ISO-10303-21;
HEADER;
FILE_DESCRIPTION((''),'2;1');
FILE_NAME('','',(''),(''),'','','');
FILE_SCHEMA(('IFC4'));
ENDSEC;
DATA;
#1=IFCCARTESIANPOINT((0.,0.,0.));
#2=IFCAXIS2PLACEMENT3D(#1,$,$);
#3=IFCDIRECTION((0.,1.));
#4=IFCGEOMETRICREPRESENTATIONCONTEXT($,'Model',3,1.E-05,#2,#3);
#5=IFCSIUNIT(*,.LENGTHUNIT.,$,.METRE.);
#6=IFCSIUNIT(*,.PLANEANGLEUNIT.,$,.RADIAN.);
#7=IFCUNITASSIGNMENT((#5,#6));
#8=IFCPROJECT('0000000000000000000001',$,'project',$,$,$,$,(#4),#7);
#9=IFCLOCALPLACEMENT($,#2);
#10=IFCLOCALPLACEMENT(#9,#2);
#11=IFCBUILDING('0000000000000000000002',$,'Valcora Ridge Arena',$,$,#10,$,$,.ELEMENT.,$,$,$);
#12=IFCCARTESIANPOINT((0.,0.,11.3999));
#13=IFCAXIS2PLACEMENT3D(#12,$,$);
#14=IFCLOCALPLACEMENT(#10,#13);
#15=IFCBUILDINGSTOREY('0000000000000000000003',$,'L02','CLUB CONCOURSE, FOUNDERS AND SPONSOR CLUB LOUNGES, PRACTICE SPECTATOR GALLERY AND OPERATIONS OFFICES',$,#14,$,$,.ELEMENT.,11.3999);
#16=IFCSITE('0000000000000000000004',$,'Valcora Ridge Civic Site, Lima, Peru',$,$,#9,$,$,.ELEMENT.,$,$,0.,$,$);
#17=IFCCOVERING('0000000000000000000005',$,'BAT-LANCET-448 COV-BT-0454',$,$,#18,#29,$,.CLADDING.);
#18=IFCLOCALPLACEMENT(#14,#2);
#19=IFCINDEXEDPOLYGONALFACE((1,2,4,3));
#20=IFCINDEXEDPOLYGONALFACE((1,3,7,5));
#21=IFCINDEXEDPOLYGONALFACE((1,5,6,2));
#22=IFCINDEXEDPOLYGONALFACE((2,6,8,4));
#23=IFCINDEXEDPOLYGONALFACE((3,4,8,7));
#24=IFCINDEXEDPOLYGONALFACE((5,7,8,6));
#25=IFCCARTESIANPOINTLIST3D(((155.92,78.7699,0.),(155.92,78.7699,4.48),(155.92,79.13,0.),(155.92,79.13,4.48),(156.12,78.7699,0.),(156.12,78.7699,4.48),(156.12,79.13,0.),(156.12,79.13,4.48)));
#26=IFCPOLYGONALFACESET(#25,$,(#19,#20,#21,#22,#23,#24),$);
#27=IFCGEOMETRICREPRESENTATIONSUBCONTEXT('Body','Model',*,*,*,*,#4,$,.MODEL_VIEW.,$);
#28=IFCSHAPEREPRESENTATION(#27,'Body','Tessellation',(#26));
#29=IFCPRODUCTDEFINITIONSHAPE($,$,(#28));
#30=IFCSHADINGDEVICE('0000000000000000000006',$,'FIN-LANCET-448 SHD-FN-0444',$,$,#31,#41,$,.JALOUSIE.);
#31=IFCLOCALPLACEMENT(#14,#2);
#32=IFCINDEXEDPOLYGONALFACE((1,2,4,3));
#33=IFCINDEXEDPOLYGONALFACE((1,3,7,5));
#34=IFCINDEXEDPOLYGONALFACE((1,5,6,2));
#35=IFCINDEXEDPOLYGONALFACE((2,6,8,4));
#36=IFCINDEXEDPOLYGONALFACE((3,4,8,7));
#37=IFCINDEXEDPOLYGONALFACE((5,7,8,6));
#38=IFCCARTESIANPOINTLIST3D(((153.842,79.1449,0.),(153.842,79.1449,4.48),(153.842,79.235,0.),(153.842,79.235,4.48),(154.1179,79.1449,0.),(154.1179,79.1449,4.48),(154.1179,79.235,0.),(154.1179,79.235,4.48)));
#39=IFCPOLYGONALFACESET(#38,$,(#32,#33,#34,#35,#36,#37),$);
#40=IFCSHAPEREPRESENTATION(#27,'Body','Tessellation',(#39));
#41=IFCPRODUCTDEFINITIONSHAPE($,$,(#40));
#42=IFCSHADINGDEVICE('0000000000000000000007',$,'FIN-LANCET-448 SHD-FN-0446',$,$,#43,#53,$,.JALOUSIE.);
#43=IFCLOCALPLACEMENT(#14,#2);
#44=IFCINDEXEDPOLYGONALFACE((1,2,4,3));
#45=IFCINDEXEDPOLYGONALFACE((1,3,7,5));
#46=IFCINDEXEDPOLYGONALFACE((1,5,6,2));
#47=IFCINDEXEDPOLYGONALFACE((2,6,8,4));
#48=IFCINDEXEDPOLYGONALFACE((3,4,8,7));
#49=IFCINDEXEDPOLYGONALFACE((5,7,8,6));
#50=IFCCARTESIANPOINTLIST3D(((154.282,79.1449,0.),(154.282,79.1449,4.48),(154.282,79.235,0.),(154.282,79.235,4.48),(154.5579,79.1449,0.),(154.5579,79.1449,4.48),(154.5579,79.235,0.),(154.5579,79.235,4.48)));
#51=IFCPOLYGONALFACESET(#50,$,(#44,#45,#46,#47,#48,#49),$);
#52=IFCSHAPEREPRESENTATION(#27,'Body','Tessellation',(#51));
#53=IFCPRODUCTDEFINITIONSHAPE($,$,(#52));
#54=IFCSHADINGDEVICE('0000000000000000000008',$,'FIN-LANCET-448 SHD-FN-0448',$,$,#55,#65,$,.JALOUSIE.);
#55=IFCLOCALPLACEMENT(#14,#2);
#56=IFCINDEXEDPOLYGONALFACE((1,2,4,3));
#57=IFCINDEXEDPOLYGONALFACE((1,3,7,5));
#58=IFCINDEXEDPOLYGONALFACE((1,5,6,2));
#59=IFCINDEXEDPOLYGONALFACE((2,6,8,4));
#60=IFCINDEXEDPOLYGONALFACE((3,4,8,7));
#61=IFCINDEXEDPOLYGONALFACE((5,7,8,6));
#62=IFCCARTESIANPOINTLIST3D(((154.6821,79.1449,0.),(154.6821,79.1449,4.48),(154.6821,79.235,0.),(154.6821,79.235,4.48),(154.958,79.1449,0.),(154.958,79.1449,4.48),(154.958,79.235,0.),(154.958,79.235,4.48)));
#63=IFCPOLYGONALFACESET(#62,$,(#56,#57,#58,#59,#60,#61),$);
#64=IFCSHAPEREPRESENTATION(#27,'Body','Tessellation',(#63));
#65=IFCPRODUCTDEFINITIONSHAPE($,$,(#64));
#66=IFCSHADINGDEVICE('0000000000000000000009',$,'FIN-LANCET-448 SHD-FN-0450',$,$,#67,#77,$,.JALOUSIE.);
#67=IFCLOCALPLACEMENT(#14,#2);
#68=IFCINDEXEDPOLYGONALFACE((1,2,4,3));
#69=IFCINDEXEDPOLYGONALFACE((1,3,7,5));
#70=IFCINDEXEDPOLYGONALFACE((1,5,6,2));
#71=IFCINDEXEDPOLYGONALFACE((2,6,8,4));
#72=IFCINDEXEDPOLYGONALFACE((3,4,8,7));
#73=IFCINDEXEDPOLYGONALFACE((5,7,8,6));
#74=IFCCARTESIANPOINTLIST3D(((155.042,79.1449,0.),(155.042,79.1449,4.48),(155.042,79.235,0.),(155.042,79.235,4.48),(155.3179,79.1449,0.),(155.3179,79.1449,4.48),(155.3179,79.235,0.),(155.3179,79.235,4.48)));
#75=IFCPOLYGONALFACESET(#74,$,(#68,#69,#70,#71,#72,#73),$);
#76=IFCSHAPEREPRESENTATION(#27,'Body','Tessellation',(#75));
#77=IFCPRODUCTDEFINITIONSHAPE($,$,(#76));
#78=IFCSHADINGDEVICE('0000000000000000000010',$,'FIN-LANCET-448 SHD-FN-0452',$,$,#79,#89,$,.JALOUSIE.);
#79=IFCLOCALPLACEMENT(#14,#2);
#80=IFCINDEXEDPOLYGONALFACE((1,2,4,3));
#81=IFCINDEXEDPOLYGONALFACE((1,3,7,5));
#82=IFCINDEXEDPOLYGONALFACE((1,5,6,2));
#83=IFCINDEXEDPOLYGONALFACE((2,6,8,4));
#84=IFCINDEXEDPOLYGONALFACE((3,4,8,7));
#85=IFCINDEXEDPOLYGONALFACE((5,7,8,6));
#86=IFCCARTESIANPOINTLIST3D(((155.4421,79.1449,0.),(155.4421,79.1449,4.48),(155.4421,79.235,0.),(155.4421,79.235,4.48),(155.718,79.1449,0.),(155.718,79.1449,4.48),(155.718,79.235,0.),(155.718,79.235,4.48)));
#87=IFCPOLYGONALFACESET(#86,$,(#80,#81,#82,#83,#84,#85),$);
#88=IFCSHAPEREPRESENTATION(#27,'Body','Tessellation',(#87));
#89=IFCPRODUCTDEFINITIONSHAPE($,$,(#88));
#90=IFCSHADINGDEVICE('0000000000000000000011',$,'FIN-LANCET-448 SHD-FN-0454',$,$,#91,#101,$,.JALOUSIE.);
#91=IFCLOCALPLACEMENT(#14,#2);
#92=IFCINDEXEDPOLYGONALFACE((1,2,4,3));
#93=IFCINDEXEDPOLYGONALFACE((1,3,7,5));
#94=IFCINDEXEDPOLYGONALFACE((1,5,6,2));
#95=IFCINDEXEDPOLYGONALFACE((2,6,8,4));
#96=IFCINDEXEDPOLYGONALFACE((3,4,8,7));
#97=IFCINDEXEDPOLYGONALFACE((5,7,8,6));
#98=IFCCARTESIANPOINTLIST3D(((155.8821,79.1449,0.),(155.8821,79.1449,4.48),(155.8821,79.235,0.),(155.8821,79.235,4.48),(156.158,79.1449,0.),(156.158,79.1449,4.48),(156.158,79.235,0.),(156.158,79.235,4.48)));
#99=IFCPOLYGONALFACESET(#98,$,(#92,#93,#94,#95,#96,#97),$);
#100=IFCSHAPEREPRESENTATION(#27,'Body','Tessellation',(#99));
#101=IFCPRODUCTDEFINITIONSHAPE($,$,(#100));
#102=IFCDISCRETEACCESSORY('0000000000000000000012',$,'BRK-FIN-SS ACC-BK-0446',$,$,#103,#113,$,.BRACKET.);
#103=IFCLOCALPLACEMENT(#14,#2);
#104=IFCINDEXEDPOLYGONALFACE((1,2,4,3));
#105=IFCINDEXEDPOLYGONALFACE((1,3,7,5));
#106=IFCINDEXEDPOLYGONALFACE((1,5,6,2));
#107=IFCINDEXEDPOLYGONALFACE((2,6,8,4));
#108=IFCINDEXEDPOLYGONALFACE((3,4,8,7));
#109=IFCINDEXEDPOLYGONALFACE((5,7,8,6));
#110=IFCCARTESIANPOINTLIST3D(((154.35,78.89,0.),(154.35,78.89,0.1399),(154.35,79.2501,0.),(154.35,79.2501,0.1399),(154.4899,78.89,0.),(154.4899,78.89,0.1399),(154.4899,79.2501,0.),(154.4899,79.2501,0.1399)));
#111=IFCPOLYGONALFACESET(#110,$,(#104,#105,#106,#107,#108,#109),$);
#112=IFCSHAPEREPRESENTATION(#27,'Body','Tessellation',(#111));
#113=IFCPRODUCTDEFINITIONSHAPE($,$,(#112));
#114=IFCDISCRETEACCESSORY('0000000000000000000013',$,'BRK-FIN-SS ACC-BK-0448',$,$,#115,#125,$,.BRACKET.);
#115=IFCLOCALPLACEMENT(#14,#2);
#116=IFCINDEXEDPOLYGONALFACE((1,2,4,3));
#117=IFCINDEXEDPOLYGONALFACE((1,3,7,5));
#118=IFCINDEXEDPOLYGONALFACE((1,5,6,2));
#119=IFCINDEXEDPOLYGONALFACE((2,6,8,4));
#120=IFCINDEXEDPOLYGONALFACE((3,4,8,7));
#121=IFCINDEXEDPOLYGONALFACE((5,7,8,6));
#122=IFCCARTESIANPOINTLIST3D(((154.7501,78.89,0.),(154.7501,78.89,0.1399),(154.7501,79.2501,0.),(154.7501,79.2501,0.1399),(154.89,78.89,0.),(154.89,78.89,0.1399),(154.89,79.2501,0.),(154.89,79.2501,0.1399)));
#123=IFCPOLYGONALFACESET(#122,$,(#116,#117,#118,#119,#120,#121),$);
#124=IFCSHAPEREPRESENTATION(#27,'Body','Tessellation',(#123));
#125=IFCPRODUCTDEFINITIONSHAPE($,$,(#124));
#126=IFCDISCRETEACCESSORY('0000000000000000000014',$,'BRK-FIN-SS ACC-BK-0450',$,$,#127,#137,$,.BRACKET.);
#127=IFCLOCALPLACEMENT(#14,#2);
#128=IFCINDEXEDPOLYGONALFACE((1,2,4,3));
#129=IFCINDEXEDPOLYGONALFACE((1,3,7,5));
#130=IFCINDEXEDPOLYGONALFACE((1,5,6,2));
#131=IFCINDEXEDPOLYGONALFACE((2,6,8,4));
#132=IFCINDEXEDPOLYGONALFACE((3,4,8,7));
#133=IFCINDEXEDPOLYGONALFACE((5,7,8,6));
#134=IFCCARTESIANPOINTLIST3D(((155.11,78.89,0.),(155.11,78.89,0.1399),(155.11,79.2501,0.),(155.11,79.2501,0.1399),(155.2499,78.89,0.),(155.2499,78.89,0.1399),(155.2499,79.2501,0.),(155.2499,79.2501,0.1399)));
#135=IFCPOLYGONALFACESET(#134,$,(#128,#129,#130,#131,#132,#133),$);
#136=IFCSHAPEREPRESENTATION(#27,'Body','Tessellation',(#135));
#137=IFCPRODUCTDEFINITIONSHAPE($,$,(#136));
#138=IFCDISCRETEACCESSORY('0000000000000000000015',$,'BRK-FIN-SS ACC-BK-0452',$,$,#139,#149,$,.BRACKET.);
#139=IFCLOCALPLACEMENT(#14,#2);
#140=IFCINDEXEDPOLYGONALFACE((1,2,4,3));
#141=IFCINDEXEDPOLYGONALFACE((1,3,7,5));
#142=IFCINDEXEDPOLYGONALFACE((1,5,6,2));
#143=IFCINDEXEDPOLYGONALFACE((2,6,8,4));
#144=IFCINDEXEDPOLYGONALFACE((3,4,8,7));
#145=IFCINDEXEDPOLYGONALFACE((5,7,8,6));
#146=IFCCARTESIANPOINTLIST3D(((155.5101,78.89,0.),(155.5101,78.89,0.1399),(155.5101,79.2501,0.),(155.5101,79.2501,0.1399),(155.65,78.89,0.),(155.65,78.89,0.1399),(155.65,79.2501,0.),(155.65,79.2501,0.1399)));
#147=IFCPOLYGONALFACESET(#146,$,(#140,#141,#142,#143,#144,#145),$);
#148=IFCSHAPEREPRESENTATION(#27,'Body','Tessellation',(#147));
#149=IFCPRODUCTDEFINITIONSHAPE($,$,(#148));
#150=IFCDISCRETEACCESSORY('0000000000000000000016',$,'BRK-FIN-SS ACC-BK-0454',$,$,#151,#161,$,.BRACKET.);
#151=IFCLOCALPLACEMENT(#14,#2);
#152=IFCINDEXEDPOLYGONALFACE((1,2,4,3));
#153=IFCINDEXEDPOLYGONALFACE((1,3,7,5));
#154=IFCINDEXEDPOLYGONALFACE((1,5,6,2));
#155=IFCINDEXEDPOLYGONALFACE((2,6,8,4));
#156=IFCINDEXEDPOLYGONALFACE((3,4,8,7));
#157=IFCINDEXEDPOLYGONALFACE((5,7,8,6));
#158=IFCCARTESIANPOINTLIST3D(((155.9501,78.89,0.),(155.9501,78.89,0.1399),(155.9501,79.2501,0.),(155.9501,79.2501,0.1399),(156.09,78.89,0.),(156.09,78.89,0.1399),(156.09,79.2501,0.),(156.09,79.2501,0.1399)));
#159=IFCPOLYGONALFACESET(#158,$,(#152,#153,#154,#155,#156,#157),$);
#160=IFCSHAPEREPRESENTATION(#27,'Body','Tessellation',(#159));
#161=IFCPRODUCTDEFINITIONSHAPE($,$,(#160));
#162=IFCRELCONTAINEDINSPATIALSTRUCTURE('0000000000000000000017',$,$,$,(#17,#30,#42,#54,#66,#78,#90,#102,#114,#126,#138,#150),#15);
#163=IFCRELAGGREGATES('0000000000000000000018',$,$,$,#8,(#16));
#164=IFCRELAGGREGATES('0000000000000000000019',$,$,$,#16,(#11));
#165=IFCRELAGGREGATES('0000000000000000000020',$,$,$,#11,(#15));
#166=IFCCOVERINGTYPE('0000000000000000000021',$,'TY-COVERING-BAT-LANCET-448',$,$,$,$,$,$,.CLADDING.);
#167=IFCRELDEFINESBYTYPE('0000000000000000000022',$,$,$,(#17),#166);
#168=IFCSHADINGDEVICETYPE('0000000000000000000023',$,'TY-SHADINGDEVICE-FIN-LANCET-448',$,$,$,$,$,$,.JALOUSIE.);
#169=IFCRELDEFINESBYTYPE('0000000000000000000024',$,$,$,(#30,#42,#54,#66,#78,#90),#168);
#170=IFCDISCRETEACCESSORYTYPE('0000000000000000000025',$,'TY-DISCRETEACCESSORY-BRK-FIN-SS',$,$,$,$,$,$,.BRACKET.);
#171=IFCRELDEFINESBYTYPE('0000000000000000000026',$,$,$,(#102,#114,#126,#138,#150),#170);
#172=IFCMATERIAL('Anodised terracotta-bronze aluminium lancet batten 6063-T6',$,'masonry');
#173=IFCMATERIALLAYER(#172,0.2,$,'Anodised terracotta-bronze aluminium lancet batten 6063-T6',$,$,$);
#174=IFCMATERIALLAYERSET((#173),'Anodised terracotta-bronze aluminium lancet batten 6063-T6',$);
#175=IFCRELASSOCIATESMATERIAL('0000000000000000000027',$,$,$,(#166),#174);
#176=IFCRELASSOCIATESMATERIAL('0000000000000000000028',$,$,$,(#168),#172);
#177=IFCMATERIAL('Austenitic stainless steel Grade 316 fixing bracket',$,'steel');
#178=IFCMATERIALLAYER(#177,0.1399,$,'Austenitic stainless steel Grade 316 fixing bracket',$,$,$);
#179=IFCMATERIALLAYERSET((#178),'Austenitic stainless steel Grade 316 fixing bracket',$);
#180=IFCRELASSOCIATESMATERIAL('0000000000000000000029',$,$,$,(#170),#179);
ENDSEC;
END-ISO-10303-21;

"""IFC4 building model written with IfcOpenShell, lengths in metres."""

from ifc_helpers import new_model, si_unit, direction, frame, origin, origin_2d, place, context, subcontext, project, spatial, rectangle, extrude, material, layer, layer_set, material_profile, profile_set, type_object, element, save


model = new_model("IFC4")

# Units and contexts
model_context = context("Model", 3, precision=1e-05, world=origin(), true_north=direction((0.0, 1.0)))
body_context = subcontext(model_context, "Body", "Model", "MODEL_VIEW")
ifc_project = project(units=[si_unit("LENGTHUNIT", "METRE"), si_unit("PLANEANGLEUNIT", "RADIAN")], contexts=[model_context])

# Site, building, storey
site_placement = place(None, origin())
site = spatial("IfcSite", under=ifc_project, at=site_placement, Name="Valcora Ridge Civic Site, Lima, Peru", CompositionType="ELEMENT", RefElevation=0.0)
building_placement = place(site_placement, origin())
building = spatial("IfcBuilding", under=site, at=building_placement, Name="Valcora Ridge Arena", CompositionType="ELEMENT")
storey_placement = place(building_placement, frame((0.0, 0.0, 11.3999)))
storey = spatial("IfcBuildingStorey", under=building, at=storey_placement, Name="L02", Description="CLUB CONCOURSE, FOUNDERS AND SPONSOR CLUB LOUNGES, PRACTICE SPECTATOR GALLERY AND OPERATIONS OFFICES", CompositionType="ELEMENT", Elevation=11.3999)

# Covering
ifc_material_1 = material(Name="Anodised terracotta-bronze aluminium lancet batten 6063-T6", Category="masonry")
ifc_layer_1 = layer(ifc_material_1, 0.2, Name="Anodised terracotta-bronze aluminium lancet batten 6063-T6")
ifc_layer_set_1 = layer_set([ifc_layer_1], Name="Anodised terracotta-bronze aluminium lancet batten 6063-T6")
covering_type = type_object("IfcCoveringType", Name="TY-COVERING-BAT-LANCET-448", PredefinedType="CLADDING", material=ifc_layer_set_1)
for number, where, z_axis, x_axis, name in (
    (1, (156.02, 78.95, 0.0), (0.0, 0.0, 1.0), (1.0, 0.0, 0.0), "BAT-LANCET-448 COV-BT-0454"),
):
    element("IfcCovering", number, at=place(storey_placement, frame(where, z_axis=z_axis, x_axis=x_axis)), inside=storey, type_object=covering_type, Name=name, PredefinedType="CLADDING", context=body_context, shape_type="SweptSolid", body=[
        extrude(rectangle(XDim=0.2, YDim=0.3601, at=origin_2d()), origin(), (0.0, 0.0, 1.0), 4.48),
    ])

# Shading devices
ifc_material_profile_1 = material_profile(ifc_material_1, rectangle(XDim=0.0901, YDim=0.2759, at=origin_2d()), Name="ALU LANCET BATTEN 90x276")
ifc_profile_set_1 = profile_set([ifc_material_profile_1], Name="Anodised terracotta-bronze aluminium lancet batten 6063-T6")
shading_device_type = type_object("IfcShadingDeviceType", Name="TY-SHADINGDEVICE-FIN-LANCET-448", PredefinedType="JALOUSIE", material=ifc_profile_set_1)
for number, where, z_axis, x_axis, name in (
    (2, (153.98, 79.1899, 0.0), (0.0, 0.0, 1.0), (0.0, 1.0, 0.0), "FIN-LANCET-448 SHD-FN-0444"),
    (3, (154.4199, 79.1899, 0.0), (0.0, 0.0, 1.0), (0.0, 1.0, 0.0), "FIN-LANCET-448 SHD-FN-0446"),
    (4, (154.8201, 79.1899, 0.0), (0.0, 0.0, 1.0), (0.0, 1.0, 0.0), "FIN-LANCET-448 SHD-FN-0448"),
    (5, (155.1799, 79.1899, 0.0), (0.0, 0.0, 1.0), (0.0, 1.0, 0.0), "FIN-LANCET-448 SHD-FN-0450"),
    (6, (155.5801, 79.1899, 0.0), (0.0, 0.0, 1.0), (0.0, 1.0, 0.0), "FIN-LANCET-448 SHD-FN-0452"),
    (7, (156.02, 79.1899, 0.0), (0.0, 0.0, 1.0), (0.0, 1.0, 0.0), "FIN-LANCET-448 SHD-FN-0454"),
):
    element("IfcShadingDevice", number, at=place(storey_placement, frame(where, z_axis=z_axis, x_axis=x_axis)), inside=storey, type_object=shading_device_type, Name=name, PredefinedType="JALOUSIE", context=body_context, shape_type="SweptSolid", body=[
        extrude(rectangle(XDim=0.0901, YDim=0.2759, at=origin_2d()), origin(), (0.0, 0.0, 1.0), 4.48),
    ])

# Discrete accessories
ifc_material_2 = material(Name="Austenitic stainless steel Grade 316 fixing bracket", Category="steel")
ifc_layer_2 = layer(ifc_material_2, 0.1399, Name="Austenitic stainless steel Grade 316 fixing bracket")
ifc_layer_set_2 = layer_set([ifc_layer_2], Name="Austenitic stainless steel Grade 316 fixing bracket")
discrete_accessory_type = type_object("IfcDiscreteAccessoryType", Name="TY-DISCRETEACCESSORY-BRK-FIN-SS", PredefinedType="BRACKET", material=ifc_layer_set_2)
for number, where, z_axis, x_axis, name in (
    (8, (154.4199, 79.0701, 0.0), (0.0, 0.0, 1.0), (0.0, 1.0, 0.0), "BRK-FIN-SS ACC-BK-0446"),
    (9, (154.8201, 79.0701, 0.0), (0.0, 0.0, 1.0), (0.0, 1.0, 0.0), "BRK-FIN-SS ACC-BK-0448"),
    (10, (155.1799, 79.0701, 0.0), (0.0, 0.0, 1.0), (0.0, 1.0, 0.0), "BRK-FIN-SS ACC-BK-0450"),
    (11, (155.5801, 79.0701, 0.0), (0.0, 0.0, 1.0), (0.0, 1.0, 0.0), "BRK-FIN-SS ACC-BK-0452"),
    (12, (156.02, 79.0701, 0.0), (0.0, 0.0, 1.0), (0.0, 1.0, 0.0), "BRK-FIN-SS ACC-BK-0454"),
):
    element("IfcDiscreteAccessory", number, at=place(storey_placement, frame(where, z_axis=z_axis, x_axis=x_axis)), inside=storey, type_object=discrete_accessory_type, Name=name, PredefinedType="BRACKET", context=body_context, shape_type="SweptSolid", body=[
        extrude(rectangle(XDim=0.3601, YDim=0.1399, at=origin_2d()), origin(), (0.0, 0.0, 1.0), 0.1399),
    ])

save(model, "model.ifc")
